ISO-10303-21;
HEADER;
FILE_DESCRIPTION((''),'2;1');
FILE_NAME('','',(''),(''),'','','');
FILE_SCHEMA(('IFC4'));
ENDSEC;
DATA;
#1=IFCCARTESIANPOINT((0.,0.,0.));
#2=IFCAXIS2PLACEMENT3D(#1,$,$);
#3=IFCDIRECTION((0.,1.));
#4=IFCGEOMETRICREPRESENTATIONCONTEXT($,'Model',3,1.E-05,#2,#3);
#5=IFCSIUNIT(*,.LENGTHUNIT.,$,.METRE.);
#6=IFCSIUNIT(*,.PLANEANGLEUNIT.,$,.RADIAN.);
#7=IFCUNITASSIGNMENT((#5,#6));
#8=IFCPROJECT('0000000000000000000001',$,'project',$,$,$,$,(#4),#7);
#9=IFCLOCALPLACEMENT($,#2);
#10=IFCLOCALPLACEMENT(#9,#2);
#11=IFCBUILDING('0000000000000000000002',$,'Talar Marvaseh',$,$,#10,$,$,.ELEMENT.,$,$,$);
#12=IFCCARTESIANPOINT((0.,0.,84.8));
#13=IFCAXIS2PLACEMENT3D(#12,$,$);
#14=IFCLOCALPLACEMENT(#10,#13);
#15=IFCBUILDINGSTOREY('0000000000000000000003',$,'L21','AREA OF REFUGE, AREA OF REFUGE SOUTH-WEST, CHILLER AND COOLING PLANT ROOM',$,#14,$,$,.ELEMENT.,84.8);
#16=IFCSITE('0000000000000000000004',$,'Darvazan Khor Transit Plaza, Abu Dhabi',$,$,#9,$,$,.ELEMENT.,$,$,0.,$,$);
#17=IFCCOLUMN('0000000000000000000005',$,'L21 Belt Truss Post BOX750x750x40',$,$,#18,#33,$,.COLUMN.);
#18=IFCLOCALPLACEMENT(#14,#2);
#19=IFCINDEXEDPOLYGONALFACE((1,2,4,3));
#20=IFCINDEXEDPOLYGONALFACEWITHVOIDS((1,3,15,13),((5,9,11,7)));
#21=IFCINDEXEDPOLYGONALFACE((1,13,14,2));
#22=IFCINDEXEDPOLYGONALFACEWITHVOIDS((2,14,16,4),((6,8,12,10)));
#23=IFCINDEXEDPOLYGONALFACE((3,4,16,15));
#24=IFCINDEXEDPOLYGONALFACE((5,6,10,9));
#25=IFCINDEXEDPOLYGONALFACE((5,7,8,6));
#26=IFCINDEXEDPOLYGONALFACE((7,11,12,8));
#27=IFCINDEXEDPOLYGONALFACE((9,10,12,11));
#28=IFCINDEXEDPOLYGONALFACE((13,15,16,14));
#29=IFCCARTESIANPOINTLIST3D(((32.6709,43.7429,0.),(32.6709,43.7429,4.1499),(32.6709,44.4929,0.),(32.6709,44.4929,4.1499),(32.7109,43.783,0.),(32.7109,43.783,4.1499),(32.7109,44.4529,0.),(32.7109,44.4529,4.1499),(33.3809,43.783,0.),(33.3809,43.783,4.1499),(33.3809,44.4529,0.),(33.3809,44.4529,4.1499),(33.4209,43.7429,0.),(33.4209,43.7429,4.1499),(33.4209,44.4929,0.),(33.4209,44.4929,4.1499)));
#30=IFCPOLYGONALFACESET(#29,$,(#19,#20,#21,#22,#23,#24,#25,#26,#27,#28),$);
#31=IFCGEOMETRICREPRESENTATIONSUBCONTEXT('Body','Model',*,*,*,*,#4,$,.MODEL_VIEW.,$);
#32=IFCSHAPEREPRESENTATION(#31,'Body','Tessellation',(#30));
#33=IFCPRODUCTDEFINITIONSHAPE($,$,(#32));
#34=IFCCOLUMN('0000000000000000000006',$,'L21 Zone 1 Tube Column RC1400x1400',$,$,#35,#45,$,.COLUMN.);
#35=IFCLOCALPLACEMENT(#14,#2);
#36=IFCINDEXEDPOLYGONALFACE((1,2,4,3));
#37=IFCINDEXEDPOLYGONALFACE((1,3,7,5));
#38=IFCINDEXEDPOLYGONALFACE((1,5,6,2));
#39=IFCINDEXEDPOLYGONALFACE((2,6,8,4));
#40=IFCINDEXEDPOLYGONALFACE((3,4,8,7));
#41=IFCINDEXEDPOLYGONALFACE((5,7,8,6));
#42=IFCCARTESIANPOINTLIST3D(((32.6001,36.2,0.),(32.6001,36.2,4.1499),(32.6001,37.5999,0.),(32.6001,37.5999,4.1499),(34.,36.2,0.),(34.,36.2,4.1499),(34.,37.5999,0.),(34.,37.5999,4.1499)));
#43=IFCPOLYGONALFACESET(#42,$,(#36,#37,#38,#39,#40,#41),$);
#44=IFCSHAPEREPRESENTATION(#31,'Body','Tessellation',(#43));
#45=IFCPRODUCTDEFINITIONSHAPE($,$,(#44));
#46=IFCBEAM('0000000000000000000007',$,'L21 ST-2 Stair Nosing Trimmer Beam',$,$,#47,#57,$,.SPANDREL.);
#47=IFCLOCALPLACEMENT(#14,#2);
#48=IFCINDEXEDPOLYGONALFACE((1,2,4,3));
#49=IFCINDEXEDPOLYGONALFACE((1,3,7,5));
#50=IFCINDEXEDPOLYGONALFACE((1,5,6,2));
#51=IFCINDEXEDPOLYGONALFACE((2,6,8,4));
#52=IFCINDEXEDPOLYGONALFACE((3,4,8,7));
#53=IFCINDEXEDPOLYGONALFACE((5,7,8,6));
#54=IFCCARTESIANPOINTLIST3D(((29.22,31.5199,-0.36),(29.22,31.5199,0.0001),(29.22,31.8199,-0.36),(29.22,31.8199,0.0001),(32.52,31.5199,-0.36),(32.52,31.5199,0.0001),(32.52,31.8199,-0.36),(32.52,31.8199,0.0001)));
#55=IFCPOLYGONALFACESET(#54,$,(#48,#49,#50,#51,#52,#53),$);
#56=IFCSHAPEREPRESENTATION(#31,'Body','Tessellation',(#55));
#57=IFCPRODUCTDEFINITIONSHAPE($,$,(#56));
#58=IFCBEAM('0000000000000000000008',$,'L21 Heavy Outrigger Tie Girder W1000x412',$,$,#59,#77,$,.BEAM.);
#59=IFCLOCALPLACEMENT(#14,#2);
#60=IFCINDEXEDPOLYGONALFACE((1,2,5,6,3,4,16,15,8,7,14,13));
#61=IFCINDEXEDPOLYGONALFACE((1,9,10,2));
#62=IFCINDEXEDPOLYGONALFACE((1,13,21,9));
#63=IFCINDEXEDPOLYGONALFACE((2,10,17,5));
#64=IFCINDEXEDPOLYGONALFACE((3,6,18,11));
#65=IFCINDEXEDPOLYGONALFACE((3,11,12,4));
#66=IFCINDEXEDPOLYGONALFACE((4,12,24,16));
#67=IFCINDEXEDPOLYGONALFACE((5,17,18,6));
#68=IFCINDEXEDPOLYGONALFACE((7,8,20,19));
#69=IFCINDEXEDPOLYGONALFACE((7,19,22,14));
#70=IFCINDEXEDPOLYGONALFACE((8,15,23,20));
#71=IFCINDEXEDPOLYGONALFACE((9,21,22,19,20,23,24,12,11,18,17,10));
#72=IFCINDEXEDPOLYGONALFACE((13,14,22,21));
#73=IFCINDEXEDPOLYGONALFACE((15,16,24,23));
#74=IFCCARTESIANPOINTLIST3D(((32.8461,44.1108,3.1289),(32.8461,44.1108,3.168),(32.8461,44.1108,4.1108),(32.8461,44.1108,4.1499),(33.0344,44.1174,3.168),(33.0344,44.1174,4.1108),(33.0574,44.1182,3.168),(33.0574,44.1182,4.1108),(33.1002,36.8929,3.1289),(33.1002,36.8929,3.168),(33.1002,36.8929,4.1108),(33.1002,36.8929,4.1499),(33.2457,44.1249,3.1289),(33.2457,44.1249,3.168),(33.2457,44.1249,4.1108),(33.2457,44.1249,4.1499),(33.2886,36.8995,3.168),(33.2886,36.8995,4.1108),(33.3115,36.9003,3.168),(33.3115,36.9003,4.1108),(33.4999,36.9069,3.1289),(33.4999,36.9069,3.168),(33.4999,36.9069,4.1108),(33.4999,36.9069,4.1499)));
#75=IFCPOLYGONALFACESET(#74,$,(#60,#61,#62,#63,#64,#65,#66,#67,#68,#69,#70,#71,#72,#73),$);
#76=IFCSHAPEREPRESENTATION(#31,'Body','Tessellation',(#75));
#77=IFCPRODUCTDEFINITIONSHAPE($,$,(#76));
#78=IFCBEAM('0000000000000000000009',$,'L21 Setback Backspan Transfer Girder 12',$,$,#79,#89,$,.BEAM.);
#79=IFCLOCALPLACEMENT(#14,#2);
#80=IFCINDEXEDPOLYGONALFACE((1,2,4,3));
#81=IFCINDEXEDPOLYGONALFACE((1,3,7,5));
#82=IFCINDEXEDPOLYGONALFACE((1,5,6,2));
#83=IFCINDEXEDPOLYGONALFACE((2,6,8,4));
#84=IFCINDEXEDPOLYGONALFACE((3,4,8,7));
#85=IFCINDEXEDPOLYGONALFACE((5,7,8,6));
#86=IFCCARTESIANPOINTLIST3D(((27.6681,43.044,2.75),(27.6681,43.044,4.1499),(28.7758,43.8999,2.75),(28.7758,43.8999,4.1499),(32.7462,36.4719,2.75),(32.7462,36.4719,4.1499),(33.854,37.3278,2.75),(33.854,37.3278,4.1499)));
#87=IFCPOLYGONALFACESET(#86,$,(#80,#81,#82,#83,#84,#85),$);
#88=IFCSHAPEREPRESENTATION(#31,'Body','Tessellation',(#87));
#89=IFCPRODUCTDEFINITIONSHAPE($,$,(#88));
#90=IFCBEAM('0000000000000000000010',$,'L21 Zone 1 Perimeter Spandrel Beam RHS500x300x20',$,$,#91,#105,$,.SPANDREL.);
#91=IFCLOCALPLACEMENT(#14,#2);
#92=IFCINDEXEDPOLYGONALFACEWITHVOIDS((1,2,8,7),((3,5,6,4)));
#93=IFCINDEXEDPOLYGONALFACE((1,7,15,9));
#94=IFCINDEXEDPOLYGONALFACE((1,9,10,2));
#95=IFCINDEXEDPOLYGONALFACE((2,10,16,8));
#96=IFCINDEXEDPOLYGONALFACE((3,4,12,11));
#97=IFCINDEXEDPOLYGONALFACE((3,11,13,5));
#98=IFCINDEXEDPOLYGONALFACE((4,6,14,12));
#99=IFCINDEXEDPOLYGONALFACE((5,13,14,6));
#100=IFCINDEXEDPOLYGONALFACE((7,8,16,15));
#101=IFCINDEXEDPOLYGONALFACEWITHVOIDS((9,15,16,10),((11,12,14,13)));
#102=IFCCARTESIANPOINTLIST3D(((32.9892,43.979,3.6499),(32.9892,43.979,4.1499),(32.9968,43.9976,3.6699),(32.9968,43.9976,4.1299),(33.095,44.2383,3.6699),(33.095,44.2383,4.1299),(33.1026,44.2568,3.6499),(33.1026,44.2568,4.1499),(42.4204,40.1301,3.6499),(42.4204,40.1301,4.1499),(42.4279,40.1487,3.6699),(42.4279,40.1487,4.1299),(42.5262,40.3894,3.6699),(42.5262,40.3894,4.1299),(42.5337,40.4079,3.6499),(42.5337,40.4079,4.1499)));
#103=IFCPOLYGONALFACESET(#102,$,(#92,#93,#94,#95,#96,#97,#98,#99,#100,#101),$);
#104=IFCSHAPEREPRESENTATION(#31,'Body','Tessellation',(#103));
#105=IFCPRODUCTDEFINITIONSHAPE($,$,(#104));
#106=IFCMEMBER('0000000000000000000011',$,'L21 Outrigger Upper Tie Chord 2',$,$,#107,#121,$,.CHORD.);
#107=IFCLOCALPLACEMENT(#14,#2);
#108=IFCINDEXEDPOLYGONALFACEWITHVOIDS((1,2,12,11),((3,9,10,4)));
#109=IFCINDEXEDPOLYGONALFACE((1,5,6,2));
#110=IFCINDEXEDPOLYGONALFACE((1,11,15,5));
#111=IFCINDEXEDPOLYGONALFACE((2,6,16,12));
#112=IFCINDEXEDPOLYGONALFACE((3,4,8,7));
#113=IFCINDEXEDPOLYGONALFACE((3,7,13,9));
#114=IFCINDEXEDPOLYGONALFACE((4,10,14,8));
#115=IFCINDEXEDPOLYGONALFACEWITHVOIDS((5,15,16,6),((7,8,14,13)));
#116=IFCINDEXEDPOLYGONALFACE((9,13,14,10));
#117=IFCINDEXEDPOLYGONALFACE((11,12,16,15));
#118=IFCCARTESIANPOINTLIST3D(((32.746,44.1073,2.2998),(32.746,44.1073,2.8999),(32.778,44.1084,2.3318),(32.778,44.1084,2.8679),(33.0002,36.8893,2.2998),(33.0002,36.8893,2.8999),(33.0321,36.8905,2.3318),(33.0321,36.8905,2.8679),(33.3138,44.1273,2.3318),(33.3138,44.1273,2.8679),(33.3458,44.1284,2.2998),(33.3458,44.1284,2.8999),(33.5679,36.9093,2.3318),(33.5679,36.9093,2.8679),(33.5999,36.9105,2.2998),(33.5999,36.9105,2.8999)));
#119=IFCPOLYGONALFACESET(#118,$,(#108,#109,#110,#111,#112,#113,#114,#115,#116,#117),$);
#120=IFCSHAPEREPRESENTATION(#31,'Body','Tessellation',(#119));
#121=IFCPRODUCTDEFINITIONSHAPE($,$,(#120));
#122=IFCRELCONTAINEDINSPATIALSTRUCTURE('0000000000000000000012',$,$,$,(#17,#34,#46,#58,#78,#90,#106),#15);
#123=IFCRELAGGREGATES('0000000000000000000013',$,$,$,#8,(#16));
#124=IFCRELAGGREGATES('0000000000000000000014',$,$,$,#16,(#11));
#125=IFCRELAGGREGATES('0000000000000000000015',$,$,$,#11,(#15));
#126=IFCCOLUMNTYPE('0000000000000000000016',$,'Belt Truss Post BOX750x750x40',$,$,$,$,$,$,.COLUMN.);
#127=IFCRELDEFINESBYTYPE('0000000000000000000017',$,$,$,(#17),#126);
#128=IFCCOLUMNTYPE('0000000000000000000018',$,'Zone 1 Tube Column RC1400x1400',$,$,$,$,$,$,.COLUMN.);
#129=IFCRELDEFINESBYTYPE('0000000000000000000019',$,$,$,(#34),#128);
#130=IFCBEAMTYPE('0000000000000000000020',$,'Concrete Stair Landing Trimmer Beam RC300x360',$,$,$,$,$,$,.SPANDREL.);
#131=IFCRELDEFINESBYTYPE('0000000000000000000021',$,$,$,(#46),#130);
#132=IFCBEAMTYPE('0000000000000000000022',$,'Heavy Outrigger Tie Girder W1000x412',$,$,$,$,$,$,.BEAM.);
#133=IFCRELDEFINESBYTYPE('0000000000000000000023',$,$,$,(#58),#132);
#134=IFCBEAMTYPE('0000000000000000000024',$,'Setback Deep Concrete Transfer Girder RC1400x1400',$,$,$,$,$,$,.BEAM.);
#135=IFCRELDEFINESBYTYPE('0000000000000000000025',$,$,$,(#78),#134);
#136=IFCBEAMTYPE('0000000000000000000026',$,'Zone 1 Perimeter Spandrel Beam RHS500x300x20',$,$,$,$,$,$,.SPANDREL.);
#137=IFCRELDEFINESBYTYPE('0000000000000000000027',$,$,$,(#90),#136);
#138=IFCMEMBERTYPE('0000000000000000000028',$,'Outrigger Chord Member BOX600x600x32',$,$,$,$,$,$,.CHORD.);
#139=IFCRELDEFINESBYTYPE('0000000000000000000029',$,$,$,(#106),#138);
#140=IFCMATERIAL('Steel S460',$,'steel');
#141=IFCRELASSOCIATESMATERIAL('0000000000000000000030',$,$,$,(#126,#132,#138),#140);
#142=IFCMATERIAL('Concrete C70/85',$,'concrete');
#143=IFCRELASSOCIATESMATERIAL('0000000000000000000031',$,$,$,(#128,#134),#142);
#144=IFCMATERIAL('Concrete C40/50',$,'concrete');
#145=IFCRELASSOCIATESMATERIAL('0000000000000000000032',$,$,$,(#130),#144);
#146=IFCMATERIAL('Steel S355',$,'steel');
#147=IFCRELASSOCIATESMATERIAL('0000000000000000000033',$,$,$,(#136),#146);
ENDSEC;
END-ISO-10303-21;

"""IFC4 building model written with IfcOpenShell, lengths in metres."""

from ifc_helpers import new_model, si_unit, direction, frame, origin, origin_2d, place, context, subcontext, project, spatial, rectangle, hollow_rectangle, i_section, extrude, source, transform, mapped, material, material_profile, profile_set, type_object, type_shapes, element, save


model = new_model("IFC4")

# Units and contexts
model_context = context("Model", 3, precision=1e-05, world=origin(), true_north=direction((0.0, 1.0)))
body_context = subcontext(model_context, "Body", "Model", "MODEL_VIEW")
ifc_project = project(units=[si_unit("LENGTHUNIT", "METRE"), si_unit("PLANEANGLEUNIT", "RADIAN")], contexts=[model_context])

# Site, building, storey
site_placement = place(None, origin())
site = spatial("IfcSite", under=ifc_project, at=site_placement, Name="Darvazan Khor Transit Plaza, Abu Dhabi", CompositionType="ELEMENT", RefElevation=0.0)
building_placement = place(site_placement, origin())
building = spatial("IfcBuilding", under=site, at=building_placement, Name="Talar Marvaseh", CompositionType="ELEMENT")
storey_placement = place(building_placement, frame((0.0, 0.0, 84.8)))
storey = spatial("IfcBuildingStorey", under=building, at=storey_placement, Name="L21", Description="AREA OF REFUGE, AREA OF REFUGE SOUTH-WEST, CHILLER AND COOLING PLANT ROOM", CompositionType="ELEMENT", Elevation=84.8)

# Columns
ifc_material_1 = material(Name="Steel S460", Category="steel")
ifc_material_profile_1 = material_profile(ifc_material_1, hollow_rectangle(XDim=0.75, YDim=0.75, WallThickness=0.04, at=origin_2d()), Name="BOX750x750x40")
ifc_profile_set_1 = profile_set([ifc_material_profile_1], Name="Steel S460")
column_type_1 = type_object("IfcColumnType", Name="Belt Truss Post BOX750x750x40", PredefinedType="COLUMN", material=ifc_profile_set_1)
column_1_placement = place(storey_placement, frame((33.0459, 44.1179, 0.0), z_axis=(0.0, 0.0, 1.0), x_axis=(1.0, 0.0, 0.0)))
element("IfcColumn", 1, at=column_1_placement, inside=storey, type_object=column_type_1, Name="L21 Belt Truss Post BOX750x750x40", PredefinedType="COLUMN", context=body_context, shape_type="SweptSolid", body=[
    extrude(hollow_rectangle(XDim=0.75, YDim=0.75, WallThickness=0.04, at=origin_2d()), origin(), (0.0, 0.0, 1.0), 4.1499),
])
ifc_material_2 = material(Name="Concrete C70/85", Category="concrete")
ifc_material_profile_2 = material_profile(ifc_material_2, rectangle(XDim=1.3999, YDim=1.3999, at=origin_2d()), Name="RC1400x1400")
ifc_profile_set_2 = profile_set([ifc_material_profile_2], Name="Concrete C70/85")
column_type_2 = type_object("IfcColumnType", Name="Zone 1 Tube Column RC1400x1400", PredefinedType="COLUMN", material=ifc_profile_set_2)
column_2_placement = place(storey_placement, frame((33.3, 36.8999, 0.0), z_axis=(0.0, 0.0, 1.0), x_axis=(1.0, 0.0, 0.0)))
element("IfcColumn", 2, at=column_2_placement, inside=storey, type_object=column_type_2, Name="L21 Zone 1 Tube Column RC1400x1400", PredefinedType="COLUMN", context=body_context, shape_type="SweptSolid", body=[
    extrude(rectangle(XDim=1.3999, YDim=1.3999, at=origin_2d()), origin(), (0.0, 0.0, 1.0), 4.1499),
])

# Beams
ifc_material_3 = material(Name="Concrete C40/50", Category="concrete")
ifc_material_profile_3 = material_profile(ifc_material_3, rectangle(XDim=0.3, YDim=0.3601, at=origin_2d()), Name="RC300x360")
ifc_profile_set_3 = profile_set([ifc_material_profile_3], Name="Concrete C40/50")
beam_type_1 = type_object("IfcBeamType", Name="Concrete Stair Landing Trimmer Beam RC300x360", PredefinedType="SPANDREL", material=ifc_profile_set_3)
beam_1_placement = place(storey_placement, frame((29.22, 31.6699, -0.1799), z_axis=(1.0, 0.0, 0.0), x_axis=(0.0, 1.0, 0.0)))
element("IfcBeam", 3, at=beam_1_placement, inside=storey, type_object=beam_type_1, Name="L21 ST-2 Stair Nosing Trimmer Beam", PredefinedType="SPANDREL", context=body_context, shape_type="SweptSolid", body=[
    extrude(rectangle(XDim=0.3, YDim=0.3601, at=origin_2d()), origin(), (0.0, 0.0, 1.0), 3.3),
])
ifc_material_profile_4 = material_profile(ifc_material_1, i_section(OverallWidth=0.3999, OverallDepth=1.021, WebThickness=0.0229, FlangeThickness=0.0391, at=origin_2d()), Name="W1000x412")
ifc_profile_set_4 = profile_set([ifc_material_profile_4], Name="Steel S460")
beam_type_2 = type_object("IfcBeamType", Name="Heavy Outrigger Tie Girder W1000x412", PredefinedType="BEAM", material=ifc_profile_set_4)
beam_2_placement = place(storey_placement, frame((33.3, 36.8999, 3.6394), z_axis=(-0.035189, 0.999381, 0.0), x_axis=(-0.999381, -0.035189, 0.0)))
element("IfcBeam", 4, at=beam_2_placement, inside=storey, type_object=beam_type_2, Name="L21 Heavy Outrigger Tie Girder W1000x412", PredefinedType="BEAM", context=body_context, shape_type="SweptSolid", body=[
    extrude(i_section(OverallWidth=0.3999, OverallDepth=1.021, WebThickness=0.0229, FlangeThickness=0.0391, at=origin_2d()), origin(), (0.0, 0.0, 1.0), 7.2224),
])
ifc_material_profile_5 = material_profile(ifc_material_2, rectangle(XDim=1.3999, YDim=1.3999, at=origin_2d()), Name="RC1400x1400")
ifc_profile_set_5 = profile_set([ifc_material_profile_5], Name="Concrete C70/85")
beam_type_3 = type_object("IfcBeamType", Name="Setback Deep Concrete Transfer Girder RC1400x1400", PredefinedType="BEAM", material=ifc_profile_set_5)
beam_3_placement = place(storey_placement, frame((28.2219, 43.4719, 3.45), z_axis=(0.611428, -0.7913, 0.0), x_axis=(0.7913, 0.611428, 0.0)))
element("IfcBeam", 5, at=beam_3_placement, inside=storey, type_object=beam_type_3, Name="L21 Setback Backspan Transfer Girder 12", PredefinedType="BEAM", context=body_context, shape_type="SweptSolid", body=[
    extrude(rectangle(XDim=1.3999, YDim=1.3999, at=origin_2d()), origin(), (0.0, 0.0, 1.0), 8.3054),
])
ifc_material_4 = material(Name="Steel S355", Category="steel")
ifc_material_profile_6 = material_profile(ifc_material_4, hollow_rectangle(XDim=0.3, YDim=0.5, WallThickness=0.02, at=origin_2d()), Name="RHS500x300x20")
ifc_profile_set_6 = profile_set([ifc_material_profile_6], Name="Steel S355")
beam_type_4 = type_object("IfcBeamType", Name="Zone 1 Perimeter Spandrel Beam RHS500x300x20", PredefinedType="SPANDREL", material=ifc_profile_set_6)
beam_4_placement = place(storey_placement, frame((33.0459, 44.1179, 3.8999), z_axis=(0.925867, -0.377849, 0.0), x_axis=(0.377849, 0.925867, 0.0)))
element("IfcBeam", 6, at=beam_4_placement, inside=storey, type_object=beam_type_4, Name="L21 Zone 1 Perimeter Spandrel Beam RHS500x300x20", PredefinedType="SPANDREL", context=body_context, shape_type="SweptSolid", body=[
    extrude(hollow_rectangle(XDim=0.3, YDim=0.5, WallThickness=0.02, at=origin_2d()), origin(), (0.0, 0.0, 1.0), 10.1863),
])

# Member
ifc_material_profile_7 = material_profile(ifc_material_1, hollow_rectangle(XDim=0.6001, YDim=0.6001, WallThickness=0.032, at=origin_2d()), Name="BOX600x600x32")
ifc_profile_set_7 = profile_set([ifc_material_profile_7], Name="Steel S460")
member_type_1 = type_object("IfcMemberType", Name="Outrigger Chord Member BOX600x600x32", PredefinedType="CHORD", material=ifc_profile_set_7)
shared_shape_1 = source(origin(), body_context, "Body", "SweptSolid", [
    extrude(hollow_rectangle(XDim=0.6001, YDim=0.6001, WallThickness=0.032, at=origin_2d()), origin(), (0.0, 0.0, 1.0), 7.2224),
])
type_shapes(member_type_1, [shared_shape_1])
member_1_placement = place(storey_placement, frame((33.3, 36.8999, 2.5999), z_axis=(-0.035189, 0.999381, 0.0), x_axis=(-0.999381, -0.035189, 0.0)))
element("IfcMember", 7, at=member_1_placement, inside=storey, type_object=member_type_1, Name="L21 Outrigger Upper Tie Chord 2", PredefinedType="CHORD", context=body_context, shape_type="MappedRepresentation", body=[
    mapped(shared_shape_1, transform((0.0, 0.0, 0.0), x_axis=(1.0, 0.0, 0.0), y_axis=(0.0, 1.0, 0.0), z_axis=(0.0, 0.0, 1.0), scale=1.0)),
])

save(model, "model.ifc")
